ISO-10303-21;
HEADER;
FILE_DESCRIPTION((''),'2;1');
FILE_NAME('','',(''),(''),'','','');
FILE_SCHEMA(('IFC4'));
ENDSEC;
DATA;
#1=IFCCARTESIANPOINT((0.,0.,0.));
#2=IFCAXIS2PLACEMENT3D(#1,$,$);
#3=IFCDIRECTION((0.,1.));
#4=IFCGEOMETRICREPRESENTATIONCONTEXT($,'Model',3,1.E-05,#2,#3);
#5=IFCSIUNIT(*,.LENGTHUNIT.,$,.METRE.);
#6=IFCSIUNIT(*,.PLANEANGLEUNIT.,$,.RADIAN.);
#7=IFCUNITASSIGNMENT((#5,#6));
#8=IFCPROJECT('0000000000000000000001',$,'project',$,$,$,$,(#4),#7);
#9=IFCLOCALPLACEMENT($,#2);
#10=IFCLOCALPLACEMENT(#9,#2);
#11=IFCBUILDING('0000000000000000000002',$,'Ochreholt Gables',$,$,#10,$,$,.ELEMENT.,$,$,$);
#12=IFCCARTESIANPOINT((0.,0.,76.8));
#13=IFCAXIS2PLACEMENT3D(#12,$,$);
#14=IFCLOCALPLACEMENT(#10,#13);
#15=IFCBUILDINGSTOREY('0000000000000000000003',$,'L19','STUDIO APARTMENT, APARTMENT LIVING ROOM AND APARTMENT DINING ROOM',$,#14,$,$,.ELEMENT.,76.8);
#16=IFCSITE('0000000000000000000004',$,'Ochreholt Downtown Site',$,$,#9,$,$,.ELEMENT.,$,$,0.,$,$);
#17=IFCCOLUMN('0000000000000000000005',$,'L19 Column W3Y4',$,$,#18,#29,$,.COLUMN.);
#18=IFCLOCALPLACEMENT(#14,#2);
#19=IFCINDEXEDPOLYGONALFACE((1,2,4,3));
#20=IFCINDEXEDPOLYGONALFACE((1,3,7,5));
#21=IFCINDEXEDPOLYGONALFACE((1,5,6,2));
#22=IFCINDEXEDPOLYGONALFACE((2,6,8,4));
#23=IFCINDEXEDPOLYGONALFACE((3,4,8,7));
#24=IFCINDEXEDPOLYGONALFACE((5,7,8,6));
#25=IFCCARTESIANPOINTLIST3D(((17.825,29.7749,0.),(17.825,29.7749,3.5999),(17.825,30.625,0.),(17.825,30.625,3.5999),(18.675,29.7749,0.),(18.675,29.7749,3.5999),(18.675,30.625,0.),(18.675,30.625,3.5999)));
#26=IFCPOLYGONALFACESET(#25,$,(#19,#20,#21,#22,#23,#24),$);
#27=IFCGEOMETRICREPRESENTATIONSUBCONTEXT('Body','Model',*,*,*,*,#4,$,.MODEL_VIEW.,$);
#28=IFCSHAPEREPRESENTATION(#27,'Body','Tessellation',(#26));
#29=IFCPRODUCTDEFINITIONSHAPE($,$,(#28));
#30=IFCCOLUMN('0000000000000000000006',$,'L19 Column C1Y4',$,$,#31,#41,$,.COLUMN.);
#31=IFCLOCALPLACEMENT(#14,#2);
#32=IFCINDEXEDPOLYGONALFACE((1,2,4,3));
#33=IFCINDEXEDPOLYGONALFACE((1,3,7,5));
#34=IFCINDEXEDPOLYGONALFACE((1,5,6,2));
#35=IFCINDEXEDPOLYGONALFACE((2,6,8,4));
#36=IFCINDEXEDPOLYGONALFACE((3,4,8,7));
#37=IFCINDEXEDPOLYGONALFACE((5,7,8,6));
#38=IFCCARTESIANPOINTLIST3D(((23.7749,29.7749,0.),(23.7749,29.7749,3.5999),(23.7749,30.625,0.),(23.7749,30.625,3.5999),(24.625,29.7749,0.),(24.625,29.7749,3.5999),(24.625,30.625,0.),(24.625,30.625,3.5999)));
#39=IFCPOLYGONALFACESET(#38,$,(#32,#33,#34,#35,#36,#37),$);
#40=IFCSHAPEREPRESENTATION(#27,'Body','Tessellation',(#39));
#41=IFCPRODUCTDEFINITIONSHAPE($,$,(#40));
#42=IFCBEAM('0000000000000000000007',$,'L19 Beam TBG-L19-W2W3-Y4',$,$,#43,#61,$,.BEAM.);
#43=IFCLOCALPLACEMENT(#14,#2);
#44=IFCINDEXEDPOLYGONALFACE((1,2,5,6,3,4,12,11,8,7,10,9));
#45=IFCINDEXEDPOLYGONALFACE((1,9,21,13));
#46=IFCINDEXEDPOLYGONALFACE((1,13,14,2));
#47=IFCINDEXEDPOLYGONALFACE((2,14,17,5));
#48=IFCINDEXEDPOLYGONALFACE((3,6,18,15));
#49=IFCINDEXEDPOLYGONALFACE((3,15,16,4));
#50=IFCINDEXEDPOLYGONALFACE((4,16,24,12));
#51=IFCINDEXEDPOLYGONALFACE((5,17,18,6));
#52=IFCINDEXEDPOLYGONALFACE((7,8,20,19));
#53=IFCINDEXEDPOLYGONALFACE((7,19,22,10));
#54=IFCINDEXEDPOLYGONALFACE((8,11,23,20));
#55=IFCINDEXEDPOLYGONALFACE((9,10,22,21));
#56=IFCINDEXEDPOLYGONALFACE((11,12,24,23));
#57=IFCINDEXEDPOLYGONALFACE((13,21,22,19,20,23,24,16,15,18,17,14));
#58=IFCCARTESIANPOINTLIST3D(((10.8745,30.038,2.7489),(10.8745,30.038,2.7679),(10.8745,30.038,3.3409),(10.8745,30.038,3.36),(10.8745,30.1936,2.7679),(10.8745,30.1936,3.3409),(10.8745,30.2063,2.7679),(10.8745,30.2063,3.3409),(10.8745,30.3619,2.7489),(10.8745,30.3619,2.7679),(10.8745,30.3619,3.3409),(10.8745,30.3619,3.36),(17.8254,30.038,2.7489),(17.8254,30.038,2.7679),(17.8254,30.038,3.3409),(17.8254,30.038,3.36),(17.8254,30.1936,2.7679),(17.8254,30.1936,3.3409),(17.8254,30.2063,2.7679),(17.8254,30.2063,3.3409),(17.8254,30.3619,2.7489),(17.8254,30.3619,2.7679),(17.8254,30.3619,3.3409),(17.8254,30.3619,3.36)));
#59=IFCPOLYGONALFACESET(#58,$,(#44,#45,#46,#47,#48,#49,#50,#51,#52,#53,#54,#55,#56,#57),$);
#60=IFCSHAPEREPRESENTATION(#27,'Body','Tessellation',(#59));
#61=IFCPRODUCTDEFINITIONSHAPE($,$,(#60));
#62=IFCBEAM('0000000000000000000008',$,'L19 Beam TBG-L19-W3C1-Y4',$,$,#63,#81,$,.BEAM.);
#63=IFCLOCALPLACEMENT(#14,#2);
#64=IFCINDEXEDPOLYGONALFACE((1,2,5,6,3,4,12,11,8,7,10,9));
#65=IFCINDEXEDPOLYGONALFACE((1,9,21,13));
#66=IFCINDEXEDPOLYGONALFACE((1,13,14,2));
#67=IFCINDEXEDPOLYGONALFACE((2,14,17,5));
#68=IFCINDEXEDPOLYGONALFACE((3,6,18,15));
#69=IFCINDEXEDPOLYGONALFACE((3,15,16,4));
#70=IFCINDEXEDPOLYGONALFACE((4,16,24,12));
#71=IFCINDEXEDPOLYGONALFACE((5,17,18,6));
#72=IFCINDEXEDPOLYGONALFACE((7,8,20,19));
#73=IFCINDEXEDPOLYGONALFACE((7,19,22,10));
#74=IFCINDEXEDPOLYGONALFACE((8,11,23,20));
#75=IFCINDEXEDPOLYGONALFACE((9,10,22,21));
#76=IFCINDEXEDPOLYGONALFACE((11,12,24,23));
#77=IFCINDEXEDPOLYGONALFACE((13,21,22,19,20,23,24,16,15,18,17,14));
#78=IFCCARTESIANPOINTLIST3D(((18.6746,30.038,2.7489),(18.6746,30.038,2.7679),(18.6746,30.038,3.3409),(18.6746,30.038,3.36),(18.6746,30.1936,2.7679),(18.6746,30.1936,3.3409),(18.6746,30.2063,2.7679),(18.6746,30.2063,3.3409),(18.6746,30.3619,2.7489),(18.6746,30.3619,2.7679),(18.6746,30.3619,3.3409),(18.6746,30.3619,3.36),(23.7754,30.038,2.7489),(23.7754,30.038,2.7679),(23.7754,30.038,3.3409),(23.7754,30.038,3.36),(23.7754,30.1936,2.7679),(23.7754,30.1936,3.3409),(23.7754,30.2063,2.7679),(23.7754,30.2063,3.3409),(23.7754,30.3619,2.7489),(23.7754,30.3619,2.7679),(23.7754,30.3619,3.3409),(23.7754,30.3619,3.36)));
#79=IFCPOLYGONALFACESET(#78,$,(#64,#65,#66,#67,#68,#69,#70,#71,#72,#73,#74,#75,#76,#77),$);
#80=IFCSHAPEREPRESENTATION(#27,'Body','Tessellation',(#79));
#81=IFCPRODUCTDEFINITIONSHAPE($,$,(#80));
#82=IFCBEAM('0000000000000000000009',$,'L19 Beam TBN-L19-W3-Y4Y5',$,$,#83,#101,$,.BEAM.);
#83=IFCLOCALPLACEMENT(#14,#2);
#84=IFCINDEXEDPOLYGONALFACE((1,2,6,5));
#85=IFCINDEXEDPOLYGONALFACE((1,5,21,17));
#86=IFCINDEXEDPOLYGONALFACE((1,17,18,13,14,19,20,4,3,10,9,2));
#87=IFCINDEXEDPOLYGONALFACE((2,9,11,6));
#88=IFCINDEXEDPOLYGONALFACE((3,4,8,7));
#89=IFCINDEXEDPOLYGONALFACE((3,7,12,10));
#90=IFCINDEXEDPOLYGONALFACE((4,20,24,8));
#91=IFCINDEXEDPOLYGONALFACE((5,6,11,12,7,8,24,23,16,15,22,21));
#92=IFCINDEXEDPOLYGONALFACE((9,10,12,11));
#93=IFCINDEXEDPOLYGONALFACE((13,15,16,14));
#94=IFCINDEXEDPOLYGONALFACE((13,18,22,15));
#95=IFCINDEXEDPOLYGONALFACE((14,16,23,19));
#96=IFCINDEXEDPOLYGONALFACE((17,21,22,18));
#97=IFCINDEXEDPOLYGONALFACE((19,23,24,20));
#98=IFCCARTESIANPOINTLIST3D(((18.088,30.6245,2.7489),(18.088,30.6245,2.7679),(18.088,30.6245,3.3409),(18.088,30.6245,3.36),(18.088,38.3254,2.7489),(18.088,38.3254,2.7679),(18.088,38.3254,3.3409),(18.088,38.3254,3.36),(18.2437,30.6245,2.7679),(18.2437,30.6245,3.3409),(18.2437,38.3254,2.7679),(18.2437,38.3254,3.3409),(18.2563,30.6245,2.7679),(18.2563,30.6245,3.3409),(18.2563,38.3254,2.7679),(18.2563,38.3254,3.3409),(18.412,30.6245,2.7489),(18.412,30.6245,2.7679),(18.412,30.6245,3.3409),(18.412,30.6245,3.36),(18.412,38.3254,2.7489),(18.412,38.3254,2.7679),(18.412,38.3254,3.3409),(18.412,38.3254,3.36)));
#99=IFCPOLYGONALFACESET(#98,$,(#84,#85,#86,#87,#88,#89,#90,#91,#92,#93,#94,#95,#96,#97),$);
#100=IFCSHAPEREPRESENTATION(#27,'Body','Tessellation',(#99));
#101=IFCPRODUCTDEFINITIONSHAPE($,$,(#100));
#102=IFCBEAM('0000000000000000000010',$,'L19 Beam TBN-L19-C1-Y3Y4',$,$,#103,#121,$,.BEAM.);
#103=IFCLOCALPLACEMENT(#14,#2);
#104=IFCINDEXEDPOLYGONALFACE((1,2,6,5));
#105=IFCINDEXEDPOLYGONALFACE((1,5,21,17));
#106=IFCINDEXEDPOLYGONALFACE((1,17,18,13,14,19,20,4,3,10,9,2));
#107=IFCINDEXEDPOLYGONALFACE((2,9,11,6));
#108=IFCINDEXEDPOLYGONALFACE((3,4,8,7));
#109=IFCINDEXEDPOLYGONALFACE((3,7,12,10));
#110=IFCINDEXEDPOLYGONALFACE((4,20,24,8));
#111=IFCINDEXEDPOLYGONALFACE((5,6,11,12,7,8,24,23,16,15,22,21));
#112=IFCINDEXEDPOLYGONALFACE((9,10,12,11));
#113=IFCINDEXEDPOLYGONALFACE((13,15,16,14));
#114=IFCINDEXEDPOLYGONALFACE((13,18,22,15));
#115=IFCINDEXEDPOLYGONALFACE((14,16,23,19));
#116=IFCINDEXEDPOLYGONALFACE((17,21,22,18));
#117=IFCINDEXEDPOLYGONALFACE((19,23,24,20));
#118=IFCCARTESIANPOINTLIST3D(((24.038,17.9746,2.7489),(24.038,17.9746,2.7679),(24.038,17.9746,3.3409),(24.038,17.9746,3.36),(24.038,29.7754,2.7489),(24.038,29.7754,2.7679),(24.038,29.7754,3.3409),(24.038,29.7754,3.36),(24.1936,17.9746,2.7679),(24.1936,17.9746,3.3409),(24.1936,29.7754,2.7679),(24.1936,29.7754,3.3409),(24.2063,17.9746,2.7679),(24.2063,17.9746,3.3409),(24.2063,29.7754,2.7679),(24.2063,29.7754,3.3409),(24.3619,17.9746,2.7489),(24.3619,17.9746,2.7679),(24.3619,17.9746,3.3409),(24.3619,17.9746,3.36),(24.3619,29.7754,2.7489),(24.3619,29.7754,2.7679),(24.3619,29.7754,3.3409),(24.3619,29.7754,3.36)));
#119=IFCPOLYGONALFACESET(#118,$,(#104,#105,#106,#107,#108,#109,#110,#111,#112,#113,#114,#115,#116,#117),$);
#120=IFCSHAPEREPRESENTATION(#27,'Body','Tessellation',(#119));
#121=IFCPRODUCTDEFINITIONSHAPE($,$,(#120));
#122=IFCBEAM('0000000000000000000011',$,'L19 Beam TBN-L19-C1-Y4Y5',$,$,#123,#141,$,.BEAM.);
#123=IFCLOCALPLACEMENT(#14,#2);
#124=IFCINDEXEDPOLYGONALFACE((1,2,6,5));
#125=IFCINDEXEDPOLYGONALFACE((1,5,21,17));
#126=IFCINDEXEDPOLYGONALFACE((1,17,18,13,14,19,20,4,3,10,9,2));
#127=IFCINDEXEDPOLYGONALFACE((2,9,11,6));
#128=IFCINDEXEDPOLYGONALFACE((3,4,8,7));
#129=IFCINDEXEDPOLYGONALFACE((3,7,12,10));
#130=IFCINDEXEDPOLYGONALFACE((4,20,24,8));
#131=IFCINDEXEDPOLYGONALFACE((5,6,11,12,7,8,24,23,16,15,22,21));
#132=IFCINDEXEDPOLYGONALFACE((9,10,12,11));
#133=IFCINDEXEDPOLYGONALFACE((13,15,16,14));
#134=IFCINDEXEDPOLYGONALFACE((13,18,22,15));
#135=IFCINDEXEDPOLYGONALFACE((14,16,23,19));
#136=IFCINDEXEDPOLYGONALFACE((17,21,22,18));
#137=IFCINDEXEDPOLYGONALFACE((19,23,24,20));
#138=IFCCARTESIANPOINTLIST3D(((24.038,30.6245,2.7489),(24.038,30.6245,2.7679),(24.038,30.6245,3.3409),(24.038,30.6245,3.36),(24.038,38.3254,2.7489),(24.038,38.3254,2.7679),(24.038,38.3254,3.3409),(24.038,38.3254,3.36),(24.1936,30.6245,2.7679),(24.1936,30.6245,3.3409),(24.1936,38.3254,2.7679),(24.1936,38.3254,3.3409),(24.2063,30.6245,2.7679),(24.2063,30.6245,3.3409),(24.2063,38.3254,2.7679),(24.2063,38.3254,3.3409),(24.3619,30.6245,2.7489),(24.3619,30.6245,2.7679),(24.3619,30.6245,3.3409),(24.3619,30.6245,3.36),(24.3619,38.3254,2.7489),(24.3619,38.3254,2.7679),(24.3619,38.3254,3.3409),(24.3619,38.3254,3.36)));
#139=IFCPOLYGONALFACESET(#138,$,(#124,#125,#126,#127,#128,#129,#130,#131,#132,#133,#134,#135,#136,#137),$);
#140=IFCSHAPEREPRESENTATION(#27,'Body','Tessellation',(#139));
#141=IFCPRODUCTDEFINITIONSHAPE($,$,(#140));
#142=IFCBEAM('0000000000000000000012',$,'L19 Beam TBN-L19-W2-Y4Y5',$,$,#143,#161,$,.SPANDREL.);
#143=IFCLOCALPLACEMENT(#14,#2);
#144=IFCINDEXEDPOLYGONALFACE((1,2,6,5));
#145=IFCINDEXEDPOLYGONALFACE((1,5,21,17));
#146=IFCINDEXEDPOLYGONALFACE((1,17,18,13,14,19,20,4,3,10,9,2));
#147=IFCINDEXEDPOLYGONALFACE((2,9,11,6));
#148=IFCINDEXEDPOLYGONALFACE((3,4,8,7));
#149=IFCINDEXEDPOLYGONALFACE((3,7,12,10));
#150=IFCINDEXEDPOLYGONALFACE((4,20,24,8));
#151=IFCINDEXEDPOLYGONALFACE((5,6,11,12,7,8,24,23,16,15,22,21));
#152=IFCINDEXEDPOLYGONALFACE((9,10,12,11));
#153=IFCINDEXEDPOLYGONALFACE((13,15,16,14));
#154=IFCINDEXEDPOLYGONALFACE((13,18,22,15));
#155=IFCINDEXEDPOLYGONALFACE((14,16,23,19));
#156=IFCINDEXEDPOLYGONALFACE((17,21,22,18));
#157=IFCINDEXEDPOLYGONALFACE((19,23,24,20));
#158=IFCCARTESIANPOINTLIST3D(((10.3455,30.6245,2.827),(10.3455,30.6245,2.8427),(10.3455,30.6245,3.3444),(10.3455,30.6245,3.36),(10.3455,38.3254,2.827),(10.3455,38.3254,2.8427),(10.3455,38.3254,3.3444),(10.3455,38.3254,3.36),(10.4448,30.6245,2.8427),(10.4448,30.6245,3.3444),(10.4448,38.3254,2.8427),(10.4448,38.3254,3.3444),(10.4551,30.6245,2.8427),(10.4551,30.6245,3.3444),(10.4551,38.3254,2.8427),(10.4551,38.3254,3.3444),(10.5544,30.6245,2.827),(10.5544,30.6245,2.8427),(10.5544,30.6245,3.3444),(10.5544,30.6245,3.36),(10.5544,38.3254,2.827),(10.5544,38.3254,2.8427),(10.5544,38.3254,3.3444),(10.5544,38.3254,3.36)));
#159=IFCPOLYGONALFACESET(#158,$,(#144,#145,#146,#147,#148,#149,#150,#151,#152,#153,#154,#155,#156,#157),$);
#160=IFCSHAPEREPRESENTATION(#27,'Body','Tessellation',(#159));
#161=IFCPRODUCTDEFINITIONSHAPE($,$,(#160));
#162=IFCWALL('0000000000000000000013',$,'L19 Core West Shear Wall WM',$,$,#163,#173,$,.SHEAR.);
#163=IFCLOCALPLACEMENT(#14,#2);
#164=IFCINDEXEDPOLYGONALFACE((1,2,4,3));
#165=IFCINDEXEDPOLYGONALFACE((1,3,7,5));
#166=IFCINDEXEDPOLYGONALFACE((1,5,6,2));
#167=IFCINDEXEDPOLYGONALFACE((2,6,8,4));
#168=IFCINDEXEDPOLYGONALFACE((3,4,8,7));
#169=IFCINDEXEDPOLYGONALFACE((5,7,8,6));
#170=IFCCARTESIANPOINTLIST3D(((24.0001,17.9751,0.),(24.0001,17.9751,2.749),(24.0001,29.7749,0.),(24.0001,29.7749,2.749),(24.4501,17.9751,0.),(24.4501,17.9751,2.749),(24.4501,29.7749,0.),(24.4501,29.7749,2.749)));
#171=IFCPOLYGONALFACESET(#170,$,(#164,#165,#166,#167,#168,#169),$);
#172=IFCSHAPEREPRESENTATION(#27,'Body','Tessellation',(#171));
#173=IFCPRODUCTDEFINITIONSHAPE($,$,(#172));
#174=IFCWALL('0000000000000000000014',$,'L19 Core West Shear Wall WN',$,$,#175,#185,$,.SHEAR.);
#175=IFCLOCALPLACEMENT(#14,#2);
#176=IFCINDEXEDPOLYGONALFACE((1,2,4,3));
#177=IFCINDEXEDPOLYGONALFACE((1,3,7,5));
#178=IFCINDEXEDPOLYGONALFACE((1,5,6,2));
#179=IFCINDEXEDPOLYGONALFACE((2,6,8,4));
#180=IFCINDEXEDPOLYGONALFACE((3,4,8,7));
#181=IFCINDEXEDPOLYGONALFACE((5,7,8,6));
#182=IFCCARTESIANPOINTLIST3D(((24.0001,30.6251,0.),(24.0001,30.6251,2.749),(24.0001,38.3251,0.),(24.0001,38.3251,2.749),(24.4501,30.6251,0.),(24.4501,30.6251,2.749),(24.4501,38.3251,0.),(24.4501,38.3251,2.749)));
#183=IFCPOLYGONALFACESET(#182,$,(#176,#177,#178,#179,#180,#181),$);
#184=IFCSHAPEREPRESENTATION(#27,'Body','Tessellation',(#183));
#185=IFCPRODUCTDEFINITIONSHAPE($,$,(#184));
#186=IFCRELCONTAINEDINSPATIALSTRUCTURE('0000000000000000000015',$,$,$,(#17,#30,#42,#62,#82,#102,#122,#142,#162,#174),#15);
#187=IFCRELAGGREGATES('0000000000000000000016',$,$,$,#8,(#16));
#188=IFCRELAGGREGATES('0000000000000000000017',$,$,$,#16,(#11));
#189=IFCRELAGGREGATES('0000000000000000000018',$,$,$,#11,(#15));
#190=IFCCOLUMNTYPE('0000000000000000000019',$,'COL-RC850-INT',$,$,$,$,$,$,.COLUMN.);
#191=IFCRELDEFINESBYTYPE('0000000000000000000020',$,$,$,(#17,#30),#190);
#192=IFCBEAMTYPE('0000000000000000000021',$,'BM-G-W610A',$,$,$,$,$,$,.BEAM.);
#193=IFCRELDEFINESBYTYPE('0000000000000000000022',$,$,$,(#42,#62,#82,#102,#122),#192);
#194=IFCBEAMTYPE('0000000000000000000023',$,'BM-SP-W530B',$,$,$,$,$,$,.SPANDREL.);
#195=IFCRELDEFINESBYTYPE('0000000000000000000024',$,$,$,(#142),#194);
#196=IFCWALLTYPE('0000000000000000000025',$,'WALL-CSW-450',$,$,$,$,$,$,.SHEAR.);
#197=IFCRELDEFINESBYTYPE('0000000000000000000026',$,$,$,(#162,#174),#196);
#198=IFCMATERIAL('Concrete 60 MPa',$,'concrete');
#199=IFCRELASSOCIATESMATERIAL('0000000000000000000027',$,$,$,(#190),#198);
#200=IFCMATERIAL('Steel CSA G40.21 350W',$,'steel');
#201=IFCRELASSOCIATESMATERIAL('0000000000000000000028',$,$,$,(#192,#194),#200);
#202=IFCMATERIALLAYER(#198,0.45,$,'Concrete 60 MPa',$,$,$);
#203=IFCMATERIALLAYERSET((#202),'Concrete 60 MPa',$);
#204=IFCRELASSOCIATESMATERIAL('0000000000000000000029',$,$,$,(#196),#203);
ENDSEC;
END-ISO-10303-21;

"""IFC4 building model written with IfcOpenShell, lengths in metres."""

from ifc_helpers import new_model, si_unit, direction, frame, frame_2d, origin, origin_2d, place, context, subcontext, project, spatial, rectangle, i_section, extrude, material, layer, layer_set, material_profile, profile_set, type_object, element, save


model = new_model("IFC4")

# Units and contexts
model_context = context("Model", 3, precision=1e-05, world=origin(), true_north=direction((0.0, 1.0)))
body_context = subcontext(model_context, "Body", "Model", "MODEL_VIEW")
ifc_project = project(units=[si_unit("LENGTHUNIT", "METRE"), si_unit("PLANEANGLEUNIT", "RADIAN")], contexts=[model_context])

# Site, building, storey
site_placement = place(None, origin())
site = spatial("IfcSite", under=ifc_project, at=site_placement, Name="Ochreholt Downtown Site", CompositionType="ELEMENT", RefElevation=0.0)
building_placement = place(site_placement, origin())
building = spatial("IfcBuilding", under=site, at=building_placement, Name="Ochreholt Gables", CompositionType="ELEMENT")
storey_placement = place(building_placement, frame((0.0, 0.0, 76.8)))
storey = spatial("IfcBuildingStorey", under=building, at=storey_placement, Name="L19", Description="STUDIO APARTMENT, APARTMENT LIVING ROOM AND APARTMENT DINING ROOM", CompositionType="ELEMENT", Elevation=76.8)

# Columns
ifc_material_1 = material(Name="Concrete 60 MPa", Category="concrete")
ifc_material_profile_1 = material_profile(ifc_material_1, rectangle(XDim=0.8501, YDim=0.8501, at=origin_2d()), Name="RC850X850")
ifc_profile_set_1 = profile_set([ifc_material_profile_1], Name="Concrete 60 MPa")
column_type = type_object("IfcColumnType", Name="COL-RC850-INT", PredefinedType="COLUMN", material=ifc_profile_set_1)
for number, where, z_axis, x_axis, name in (
    (1, (18.25, 30.2, 0.0), (0.0, 0.0, 1.0), (1.0, 0.0, 0.0), "L19 Column W3Y4"),
    (2, (24.2, 30.2, 0.0), (0.0, 0.0, 1.0), (1.0, 0.0, 0.0), "L19 Column C1Y4"),
):
    element("IfcColumn", number, at=place(storey_placement, frame(where, z_axis=z_axis, x_axis=x_axis)), inside=storey, type_object=column_type, Name=name, PredefinedType="COLUMN", context=body_context, shape_type="SweptSolid", body=[
        extrude(rectangle(XDim=0.8501, YDim=0.8501, at=origin_2d()), origin(), (0.0, 0.0, 1.0), 3.5999),
    ])

# Beams
ifc_material_2 = material(Name="Steel CSA G40.21 350W", Category="steel")
ifc_material_profile_2 = material_profile(ifc_material_2, i_section(OverallWidth=0.324, OverallDepth=0.6111, WebThickness=0.0127, FlangeThickness=0.019, at=origin_2d()), Name="W610X155")
ifc_profile_set_2 = profile_set([ifc_material_profile_2], Name="Steel CSA G40.21 350W")
beam_type_1 = type_object("IfcBeamType", Name="BM-G-W610A", PredefinedType="BEAM", material=ifc_profile_set_2)
beam_1_placement = place(storey_placement, frame((10.8745, 30.2, 3.0544), z_axis=(1.0, 0.0, 0.0), x_axis=(0.0, 1.0, 0.0)))
element("IfcBeam", 3, at=beam_1_placement, inside=storey, type_object=beam_type_1, Name="L19 Beam TBG-L19-W2W3-Y4", PredefinedType="BEAM", context=body_context, shape_type="SweptSolid", body=[
    extrude(i_section(OverallWidth=0.324, OverallDepth=0.6111, WebThickness=0.0127, FlangeThickness=0.019, at=origin_2d()), origin(), (0.0, 0.0, 1.0), 6.9509),
])
beam_2_placement = place(storey_placement, frame((18.6746, 30.2, 3.0544), z_axis=(1.0, 0.0, 0.0), x_axis=(0.0, 1.0, 0.0)))
element("IfcBeam", 4, at=beam_2_placement, inside=storey, type_object=beam_type_1, Name="L19 Beam TBG-L19-W3C1-Y4", PredefinedType="BEAM", context=body_context, shape_type="SweptSolid", body=[
    extrude(i_section(OverallWidth=0.324, OverallDepth=0.6111, WebThickness=0.0127, FlangeThickness=0.019, at=origin_2d()), origin(), (0.0, 0.0, 1.0), 5.1008),
])
beam_3_placement = place(storey_placement, frame((18.25, 30.6245, 3.0544), z_axis=(0.0, 1.0, 0.0), x_axis=(-1.0, 0.0, 0.0)))
element("IfcBeam", 5, at=beam_3_placement, inside=storey, type_object=beam_type_1, Name="L19 Beam TBN-L19-W3-Y4Y5", PredefinedType="BEAM", context=body_context, shape_type="SweptSolid", body=[
    extrude(i_section(OverallWidth=0.324, OverallDepth=0.6111, WebThickness=0.0127, FlangeThickness=0.019, at=origin_2d()), origin(), (0.0, 0.0, 1.0), 7.7009),
])
beam_4_placement = place(storey_placement, frame((24.2, 17.9746, 3.0544), z_axis=(0.0, 1.0, 0.0), x_axis=(-1.0, 0.0, 0.0)))
element("IfcBeam", 6, at=beam_4_placement, inside=storey, type_object=beam_type_1, Name="L19 Beam TBN-L19-C1-Y3Y4", PredefinedType="BEAM", context=body_context, shape_type="SweptSolid", body=[
    extrude(i_section(OverallWidth=0.324, OverallDepth=0.6111, WebThickness=0.0127, FlangeThickness=0.019, at=origin_2d()), origin(), (0.0, 0.0, 1.0), 11.8008),
])
beam_5_placement = place(storey_placement, frame((24.2, 30.6245, 3.0544), z_axis=(0.0, 1.0, 0.0), x_axis=(-1.0, 0.0, 0.0)))
element("IfcBeam", 7, at=beam_5_placement, inside=storey, type_object=beam_type_1, Name="L19 Beam TBN-L19-C1-Y4Y5", PredefinedType="BEAM", context=body_context, shape_type="SweptSolid", body=[
    extrude(i_section(OverallWidth=0.324, OverallDepth=0.6111, WebThickness=0.0127, FlangeThickness=0.019, at=origin_2d()), origin(), (0.0, 0.0, 1.0), 7.7009),
])
ifc_material_profile_3 = material_profile(ifc_material_2, i_section(OverallWidth=0.209, OverallDepth=0.533, WebThickness=0.0103, FlangeThickness=0.0156, at=origin_2d()), Name="W530X92")
ifc_profile_set_3 = profile_set([ifc_material_profile_3], Name="Steel CSA G40.21 350W")
beam_type_2 = type_object("IfcBeamType", Name="BM-SP-W530B", PredefinedType="SPANDREL", material=ifc_profile_set_3)
beam_6_placement = place(storey_placement, frame((10.45, 30.6245, 3.0935), z_axis=(0.0, 1.0, 0.0), x_axis=(-1.0, 0.0, 0.0)))
element("IfcBeam", 8, at=beam_6_placement, inside=storey, type_object=beam_type_2, Name="L19 Beam TBN-L19-W2-Y4Y5", PredefinedType="SPANDREL", context=body_context, shape_type="SweptSolid", body=[
    extrude(i_section(OverallWidth=0.209, OverallDepth=0.533, WebThickness=0.0103, FlangeThickness=0.0156, at=origin_2d()), origin(), (0.0, 0.0, 1.0), 7.7009),
])

# Walls
ifc_layer_1 = layer(ifc_material_1, 0.45, Name="Concrete 60 MPa")
ifc_layer_set_1 = layer_set([ifc_layer_1], Name="Concrete 60 MPa")
wall_type_1 = type_object("IfcWallType", Name="WALL-CSW-450", PredefinedType="SHEAR", material=ifc_layer_set_1)
wall_1_placement = place(storey_placement, frame((24.2251, 17.9751, 0.0), z_axis=(0.0, 0.0, 1.0), x_axis=(0.0, 1.0, 0.0)))
element("IfcWall", 9, at=wall_1_placement, inside=storey, type_object=wall_type_1, Name="L19 Core West Shear Wall WM", PredefinedType="SHEAR", context=body_context, shape_type="SweptSolid", body=[
    extrude(rectangle(XDim=11.7998, YDim=0.45, at=frame_2d((5.8999, 0.0))), origin(), (0.0, 0.0, 1.0), 2.749),
])
wall_2_placement = place(storey_placement, frame((24.2251, 30.625, 0.0), z_axis=(0.0, 0.0, 1.0), x_axis=(0.0, 1.0, 0.0)))
element("IfcWall", 10, at=wall_2_placement, inside=storey, type_object=wall_type_1, Name="L19 Core West Shear Wall WN", PredefinedType="SHEAR", context=body_context, shape_type="SweptSolid", body=[
    extrude(rectangle(XDim=7.7, YDim=0.45, at=frame_2d((3.8501, 0.0))), origin(), (0.0, 0.0, 1.0), 2.749),
])

save(model, "model.ifc")
